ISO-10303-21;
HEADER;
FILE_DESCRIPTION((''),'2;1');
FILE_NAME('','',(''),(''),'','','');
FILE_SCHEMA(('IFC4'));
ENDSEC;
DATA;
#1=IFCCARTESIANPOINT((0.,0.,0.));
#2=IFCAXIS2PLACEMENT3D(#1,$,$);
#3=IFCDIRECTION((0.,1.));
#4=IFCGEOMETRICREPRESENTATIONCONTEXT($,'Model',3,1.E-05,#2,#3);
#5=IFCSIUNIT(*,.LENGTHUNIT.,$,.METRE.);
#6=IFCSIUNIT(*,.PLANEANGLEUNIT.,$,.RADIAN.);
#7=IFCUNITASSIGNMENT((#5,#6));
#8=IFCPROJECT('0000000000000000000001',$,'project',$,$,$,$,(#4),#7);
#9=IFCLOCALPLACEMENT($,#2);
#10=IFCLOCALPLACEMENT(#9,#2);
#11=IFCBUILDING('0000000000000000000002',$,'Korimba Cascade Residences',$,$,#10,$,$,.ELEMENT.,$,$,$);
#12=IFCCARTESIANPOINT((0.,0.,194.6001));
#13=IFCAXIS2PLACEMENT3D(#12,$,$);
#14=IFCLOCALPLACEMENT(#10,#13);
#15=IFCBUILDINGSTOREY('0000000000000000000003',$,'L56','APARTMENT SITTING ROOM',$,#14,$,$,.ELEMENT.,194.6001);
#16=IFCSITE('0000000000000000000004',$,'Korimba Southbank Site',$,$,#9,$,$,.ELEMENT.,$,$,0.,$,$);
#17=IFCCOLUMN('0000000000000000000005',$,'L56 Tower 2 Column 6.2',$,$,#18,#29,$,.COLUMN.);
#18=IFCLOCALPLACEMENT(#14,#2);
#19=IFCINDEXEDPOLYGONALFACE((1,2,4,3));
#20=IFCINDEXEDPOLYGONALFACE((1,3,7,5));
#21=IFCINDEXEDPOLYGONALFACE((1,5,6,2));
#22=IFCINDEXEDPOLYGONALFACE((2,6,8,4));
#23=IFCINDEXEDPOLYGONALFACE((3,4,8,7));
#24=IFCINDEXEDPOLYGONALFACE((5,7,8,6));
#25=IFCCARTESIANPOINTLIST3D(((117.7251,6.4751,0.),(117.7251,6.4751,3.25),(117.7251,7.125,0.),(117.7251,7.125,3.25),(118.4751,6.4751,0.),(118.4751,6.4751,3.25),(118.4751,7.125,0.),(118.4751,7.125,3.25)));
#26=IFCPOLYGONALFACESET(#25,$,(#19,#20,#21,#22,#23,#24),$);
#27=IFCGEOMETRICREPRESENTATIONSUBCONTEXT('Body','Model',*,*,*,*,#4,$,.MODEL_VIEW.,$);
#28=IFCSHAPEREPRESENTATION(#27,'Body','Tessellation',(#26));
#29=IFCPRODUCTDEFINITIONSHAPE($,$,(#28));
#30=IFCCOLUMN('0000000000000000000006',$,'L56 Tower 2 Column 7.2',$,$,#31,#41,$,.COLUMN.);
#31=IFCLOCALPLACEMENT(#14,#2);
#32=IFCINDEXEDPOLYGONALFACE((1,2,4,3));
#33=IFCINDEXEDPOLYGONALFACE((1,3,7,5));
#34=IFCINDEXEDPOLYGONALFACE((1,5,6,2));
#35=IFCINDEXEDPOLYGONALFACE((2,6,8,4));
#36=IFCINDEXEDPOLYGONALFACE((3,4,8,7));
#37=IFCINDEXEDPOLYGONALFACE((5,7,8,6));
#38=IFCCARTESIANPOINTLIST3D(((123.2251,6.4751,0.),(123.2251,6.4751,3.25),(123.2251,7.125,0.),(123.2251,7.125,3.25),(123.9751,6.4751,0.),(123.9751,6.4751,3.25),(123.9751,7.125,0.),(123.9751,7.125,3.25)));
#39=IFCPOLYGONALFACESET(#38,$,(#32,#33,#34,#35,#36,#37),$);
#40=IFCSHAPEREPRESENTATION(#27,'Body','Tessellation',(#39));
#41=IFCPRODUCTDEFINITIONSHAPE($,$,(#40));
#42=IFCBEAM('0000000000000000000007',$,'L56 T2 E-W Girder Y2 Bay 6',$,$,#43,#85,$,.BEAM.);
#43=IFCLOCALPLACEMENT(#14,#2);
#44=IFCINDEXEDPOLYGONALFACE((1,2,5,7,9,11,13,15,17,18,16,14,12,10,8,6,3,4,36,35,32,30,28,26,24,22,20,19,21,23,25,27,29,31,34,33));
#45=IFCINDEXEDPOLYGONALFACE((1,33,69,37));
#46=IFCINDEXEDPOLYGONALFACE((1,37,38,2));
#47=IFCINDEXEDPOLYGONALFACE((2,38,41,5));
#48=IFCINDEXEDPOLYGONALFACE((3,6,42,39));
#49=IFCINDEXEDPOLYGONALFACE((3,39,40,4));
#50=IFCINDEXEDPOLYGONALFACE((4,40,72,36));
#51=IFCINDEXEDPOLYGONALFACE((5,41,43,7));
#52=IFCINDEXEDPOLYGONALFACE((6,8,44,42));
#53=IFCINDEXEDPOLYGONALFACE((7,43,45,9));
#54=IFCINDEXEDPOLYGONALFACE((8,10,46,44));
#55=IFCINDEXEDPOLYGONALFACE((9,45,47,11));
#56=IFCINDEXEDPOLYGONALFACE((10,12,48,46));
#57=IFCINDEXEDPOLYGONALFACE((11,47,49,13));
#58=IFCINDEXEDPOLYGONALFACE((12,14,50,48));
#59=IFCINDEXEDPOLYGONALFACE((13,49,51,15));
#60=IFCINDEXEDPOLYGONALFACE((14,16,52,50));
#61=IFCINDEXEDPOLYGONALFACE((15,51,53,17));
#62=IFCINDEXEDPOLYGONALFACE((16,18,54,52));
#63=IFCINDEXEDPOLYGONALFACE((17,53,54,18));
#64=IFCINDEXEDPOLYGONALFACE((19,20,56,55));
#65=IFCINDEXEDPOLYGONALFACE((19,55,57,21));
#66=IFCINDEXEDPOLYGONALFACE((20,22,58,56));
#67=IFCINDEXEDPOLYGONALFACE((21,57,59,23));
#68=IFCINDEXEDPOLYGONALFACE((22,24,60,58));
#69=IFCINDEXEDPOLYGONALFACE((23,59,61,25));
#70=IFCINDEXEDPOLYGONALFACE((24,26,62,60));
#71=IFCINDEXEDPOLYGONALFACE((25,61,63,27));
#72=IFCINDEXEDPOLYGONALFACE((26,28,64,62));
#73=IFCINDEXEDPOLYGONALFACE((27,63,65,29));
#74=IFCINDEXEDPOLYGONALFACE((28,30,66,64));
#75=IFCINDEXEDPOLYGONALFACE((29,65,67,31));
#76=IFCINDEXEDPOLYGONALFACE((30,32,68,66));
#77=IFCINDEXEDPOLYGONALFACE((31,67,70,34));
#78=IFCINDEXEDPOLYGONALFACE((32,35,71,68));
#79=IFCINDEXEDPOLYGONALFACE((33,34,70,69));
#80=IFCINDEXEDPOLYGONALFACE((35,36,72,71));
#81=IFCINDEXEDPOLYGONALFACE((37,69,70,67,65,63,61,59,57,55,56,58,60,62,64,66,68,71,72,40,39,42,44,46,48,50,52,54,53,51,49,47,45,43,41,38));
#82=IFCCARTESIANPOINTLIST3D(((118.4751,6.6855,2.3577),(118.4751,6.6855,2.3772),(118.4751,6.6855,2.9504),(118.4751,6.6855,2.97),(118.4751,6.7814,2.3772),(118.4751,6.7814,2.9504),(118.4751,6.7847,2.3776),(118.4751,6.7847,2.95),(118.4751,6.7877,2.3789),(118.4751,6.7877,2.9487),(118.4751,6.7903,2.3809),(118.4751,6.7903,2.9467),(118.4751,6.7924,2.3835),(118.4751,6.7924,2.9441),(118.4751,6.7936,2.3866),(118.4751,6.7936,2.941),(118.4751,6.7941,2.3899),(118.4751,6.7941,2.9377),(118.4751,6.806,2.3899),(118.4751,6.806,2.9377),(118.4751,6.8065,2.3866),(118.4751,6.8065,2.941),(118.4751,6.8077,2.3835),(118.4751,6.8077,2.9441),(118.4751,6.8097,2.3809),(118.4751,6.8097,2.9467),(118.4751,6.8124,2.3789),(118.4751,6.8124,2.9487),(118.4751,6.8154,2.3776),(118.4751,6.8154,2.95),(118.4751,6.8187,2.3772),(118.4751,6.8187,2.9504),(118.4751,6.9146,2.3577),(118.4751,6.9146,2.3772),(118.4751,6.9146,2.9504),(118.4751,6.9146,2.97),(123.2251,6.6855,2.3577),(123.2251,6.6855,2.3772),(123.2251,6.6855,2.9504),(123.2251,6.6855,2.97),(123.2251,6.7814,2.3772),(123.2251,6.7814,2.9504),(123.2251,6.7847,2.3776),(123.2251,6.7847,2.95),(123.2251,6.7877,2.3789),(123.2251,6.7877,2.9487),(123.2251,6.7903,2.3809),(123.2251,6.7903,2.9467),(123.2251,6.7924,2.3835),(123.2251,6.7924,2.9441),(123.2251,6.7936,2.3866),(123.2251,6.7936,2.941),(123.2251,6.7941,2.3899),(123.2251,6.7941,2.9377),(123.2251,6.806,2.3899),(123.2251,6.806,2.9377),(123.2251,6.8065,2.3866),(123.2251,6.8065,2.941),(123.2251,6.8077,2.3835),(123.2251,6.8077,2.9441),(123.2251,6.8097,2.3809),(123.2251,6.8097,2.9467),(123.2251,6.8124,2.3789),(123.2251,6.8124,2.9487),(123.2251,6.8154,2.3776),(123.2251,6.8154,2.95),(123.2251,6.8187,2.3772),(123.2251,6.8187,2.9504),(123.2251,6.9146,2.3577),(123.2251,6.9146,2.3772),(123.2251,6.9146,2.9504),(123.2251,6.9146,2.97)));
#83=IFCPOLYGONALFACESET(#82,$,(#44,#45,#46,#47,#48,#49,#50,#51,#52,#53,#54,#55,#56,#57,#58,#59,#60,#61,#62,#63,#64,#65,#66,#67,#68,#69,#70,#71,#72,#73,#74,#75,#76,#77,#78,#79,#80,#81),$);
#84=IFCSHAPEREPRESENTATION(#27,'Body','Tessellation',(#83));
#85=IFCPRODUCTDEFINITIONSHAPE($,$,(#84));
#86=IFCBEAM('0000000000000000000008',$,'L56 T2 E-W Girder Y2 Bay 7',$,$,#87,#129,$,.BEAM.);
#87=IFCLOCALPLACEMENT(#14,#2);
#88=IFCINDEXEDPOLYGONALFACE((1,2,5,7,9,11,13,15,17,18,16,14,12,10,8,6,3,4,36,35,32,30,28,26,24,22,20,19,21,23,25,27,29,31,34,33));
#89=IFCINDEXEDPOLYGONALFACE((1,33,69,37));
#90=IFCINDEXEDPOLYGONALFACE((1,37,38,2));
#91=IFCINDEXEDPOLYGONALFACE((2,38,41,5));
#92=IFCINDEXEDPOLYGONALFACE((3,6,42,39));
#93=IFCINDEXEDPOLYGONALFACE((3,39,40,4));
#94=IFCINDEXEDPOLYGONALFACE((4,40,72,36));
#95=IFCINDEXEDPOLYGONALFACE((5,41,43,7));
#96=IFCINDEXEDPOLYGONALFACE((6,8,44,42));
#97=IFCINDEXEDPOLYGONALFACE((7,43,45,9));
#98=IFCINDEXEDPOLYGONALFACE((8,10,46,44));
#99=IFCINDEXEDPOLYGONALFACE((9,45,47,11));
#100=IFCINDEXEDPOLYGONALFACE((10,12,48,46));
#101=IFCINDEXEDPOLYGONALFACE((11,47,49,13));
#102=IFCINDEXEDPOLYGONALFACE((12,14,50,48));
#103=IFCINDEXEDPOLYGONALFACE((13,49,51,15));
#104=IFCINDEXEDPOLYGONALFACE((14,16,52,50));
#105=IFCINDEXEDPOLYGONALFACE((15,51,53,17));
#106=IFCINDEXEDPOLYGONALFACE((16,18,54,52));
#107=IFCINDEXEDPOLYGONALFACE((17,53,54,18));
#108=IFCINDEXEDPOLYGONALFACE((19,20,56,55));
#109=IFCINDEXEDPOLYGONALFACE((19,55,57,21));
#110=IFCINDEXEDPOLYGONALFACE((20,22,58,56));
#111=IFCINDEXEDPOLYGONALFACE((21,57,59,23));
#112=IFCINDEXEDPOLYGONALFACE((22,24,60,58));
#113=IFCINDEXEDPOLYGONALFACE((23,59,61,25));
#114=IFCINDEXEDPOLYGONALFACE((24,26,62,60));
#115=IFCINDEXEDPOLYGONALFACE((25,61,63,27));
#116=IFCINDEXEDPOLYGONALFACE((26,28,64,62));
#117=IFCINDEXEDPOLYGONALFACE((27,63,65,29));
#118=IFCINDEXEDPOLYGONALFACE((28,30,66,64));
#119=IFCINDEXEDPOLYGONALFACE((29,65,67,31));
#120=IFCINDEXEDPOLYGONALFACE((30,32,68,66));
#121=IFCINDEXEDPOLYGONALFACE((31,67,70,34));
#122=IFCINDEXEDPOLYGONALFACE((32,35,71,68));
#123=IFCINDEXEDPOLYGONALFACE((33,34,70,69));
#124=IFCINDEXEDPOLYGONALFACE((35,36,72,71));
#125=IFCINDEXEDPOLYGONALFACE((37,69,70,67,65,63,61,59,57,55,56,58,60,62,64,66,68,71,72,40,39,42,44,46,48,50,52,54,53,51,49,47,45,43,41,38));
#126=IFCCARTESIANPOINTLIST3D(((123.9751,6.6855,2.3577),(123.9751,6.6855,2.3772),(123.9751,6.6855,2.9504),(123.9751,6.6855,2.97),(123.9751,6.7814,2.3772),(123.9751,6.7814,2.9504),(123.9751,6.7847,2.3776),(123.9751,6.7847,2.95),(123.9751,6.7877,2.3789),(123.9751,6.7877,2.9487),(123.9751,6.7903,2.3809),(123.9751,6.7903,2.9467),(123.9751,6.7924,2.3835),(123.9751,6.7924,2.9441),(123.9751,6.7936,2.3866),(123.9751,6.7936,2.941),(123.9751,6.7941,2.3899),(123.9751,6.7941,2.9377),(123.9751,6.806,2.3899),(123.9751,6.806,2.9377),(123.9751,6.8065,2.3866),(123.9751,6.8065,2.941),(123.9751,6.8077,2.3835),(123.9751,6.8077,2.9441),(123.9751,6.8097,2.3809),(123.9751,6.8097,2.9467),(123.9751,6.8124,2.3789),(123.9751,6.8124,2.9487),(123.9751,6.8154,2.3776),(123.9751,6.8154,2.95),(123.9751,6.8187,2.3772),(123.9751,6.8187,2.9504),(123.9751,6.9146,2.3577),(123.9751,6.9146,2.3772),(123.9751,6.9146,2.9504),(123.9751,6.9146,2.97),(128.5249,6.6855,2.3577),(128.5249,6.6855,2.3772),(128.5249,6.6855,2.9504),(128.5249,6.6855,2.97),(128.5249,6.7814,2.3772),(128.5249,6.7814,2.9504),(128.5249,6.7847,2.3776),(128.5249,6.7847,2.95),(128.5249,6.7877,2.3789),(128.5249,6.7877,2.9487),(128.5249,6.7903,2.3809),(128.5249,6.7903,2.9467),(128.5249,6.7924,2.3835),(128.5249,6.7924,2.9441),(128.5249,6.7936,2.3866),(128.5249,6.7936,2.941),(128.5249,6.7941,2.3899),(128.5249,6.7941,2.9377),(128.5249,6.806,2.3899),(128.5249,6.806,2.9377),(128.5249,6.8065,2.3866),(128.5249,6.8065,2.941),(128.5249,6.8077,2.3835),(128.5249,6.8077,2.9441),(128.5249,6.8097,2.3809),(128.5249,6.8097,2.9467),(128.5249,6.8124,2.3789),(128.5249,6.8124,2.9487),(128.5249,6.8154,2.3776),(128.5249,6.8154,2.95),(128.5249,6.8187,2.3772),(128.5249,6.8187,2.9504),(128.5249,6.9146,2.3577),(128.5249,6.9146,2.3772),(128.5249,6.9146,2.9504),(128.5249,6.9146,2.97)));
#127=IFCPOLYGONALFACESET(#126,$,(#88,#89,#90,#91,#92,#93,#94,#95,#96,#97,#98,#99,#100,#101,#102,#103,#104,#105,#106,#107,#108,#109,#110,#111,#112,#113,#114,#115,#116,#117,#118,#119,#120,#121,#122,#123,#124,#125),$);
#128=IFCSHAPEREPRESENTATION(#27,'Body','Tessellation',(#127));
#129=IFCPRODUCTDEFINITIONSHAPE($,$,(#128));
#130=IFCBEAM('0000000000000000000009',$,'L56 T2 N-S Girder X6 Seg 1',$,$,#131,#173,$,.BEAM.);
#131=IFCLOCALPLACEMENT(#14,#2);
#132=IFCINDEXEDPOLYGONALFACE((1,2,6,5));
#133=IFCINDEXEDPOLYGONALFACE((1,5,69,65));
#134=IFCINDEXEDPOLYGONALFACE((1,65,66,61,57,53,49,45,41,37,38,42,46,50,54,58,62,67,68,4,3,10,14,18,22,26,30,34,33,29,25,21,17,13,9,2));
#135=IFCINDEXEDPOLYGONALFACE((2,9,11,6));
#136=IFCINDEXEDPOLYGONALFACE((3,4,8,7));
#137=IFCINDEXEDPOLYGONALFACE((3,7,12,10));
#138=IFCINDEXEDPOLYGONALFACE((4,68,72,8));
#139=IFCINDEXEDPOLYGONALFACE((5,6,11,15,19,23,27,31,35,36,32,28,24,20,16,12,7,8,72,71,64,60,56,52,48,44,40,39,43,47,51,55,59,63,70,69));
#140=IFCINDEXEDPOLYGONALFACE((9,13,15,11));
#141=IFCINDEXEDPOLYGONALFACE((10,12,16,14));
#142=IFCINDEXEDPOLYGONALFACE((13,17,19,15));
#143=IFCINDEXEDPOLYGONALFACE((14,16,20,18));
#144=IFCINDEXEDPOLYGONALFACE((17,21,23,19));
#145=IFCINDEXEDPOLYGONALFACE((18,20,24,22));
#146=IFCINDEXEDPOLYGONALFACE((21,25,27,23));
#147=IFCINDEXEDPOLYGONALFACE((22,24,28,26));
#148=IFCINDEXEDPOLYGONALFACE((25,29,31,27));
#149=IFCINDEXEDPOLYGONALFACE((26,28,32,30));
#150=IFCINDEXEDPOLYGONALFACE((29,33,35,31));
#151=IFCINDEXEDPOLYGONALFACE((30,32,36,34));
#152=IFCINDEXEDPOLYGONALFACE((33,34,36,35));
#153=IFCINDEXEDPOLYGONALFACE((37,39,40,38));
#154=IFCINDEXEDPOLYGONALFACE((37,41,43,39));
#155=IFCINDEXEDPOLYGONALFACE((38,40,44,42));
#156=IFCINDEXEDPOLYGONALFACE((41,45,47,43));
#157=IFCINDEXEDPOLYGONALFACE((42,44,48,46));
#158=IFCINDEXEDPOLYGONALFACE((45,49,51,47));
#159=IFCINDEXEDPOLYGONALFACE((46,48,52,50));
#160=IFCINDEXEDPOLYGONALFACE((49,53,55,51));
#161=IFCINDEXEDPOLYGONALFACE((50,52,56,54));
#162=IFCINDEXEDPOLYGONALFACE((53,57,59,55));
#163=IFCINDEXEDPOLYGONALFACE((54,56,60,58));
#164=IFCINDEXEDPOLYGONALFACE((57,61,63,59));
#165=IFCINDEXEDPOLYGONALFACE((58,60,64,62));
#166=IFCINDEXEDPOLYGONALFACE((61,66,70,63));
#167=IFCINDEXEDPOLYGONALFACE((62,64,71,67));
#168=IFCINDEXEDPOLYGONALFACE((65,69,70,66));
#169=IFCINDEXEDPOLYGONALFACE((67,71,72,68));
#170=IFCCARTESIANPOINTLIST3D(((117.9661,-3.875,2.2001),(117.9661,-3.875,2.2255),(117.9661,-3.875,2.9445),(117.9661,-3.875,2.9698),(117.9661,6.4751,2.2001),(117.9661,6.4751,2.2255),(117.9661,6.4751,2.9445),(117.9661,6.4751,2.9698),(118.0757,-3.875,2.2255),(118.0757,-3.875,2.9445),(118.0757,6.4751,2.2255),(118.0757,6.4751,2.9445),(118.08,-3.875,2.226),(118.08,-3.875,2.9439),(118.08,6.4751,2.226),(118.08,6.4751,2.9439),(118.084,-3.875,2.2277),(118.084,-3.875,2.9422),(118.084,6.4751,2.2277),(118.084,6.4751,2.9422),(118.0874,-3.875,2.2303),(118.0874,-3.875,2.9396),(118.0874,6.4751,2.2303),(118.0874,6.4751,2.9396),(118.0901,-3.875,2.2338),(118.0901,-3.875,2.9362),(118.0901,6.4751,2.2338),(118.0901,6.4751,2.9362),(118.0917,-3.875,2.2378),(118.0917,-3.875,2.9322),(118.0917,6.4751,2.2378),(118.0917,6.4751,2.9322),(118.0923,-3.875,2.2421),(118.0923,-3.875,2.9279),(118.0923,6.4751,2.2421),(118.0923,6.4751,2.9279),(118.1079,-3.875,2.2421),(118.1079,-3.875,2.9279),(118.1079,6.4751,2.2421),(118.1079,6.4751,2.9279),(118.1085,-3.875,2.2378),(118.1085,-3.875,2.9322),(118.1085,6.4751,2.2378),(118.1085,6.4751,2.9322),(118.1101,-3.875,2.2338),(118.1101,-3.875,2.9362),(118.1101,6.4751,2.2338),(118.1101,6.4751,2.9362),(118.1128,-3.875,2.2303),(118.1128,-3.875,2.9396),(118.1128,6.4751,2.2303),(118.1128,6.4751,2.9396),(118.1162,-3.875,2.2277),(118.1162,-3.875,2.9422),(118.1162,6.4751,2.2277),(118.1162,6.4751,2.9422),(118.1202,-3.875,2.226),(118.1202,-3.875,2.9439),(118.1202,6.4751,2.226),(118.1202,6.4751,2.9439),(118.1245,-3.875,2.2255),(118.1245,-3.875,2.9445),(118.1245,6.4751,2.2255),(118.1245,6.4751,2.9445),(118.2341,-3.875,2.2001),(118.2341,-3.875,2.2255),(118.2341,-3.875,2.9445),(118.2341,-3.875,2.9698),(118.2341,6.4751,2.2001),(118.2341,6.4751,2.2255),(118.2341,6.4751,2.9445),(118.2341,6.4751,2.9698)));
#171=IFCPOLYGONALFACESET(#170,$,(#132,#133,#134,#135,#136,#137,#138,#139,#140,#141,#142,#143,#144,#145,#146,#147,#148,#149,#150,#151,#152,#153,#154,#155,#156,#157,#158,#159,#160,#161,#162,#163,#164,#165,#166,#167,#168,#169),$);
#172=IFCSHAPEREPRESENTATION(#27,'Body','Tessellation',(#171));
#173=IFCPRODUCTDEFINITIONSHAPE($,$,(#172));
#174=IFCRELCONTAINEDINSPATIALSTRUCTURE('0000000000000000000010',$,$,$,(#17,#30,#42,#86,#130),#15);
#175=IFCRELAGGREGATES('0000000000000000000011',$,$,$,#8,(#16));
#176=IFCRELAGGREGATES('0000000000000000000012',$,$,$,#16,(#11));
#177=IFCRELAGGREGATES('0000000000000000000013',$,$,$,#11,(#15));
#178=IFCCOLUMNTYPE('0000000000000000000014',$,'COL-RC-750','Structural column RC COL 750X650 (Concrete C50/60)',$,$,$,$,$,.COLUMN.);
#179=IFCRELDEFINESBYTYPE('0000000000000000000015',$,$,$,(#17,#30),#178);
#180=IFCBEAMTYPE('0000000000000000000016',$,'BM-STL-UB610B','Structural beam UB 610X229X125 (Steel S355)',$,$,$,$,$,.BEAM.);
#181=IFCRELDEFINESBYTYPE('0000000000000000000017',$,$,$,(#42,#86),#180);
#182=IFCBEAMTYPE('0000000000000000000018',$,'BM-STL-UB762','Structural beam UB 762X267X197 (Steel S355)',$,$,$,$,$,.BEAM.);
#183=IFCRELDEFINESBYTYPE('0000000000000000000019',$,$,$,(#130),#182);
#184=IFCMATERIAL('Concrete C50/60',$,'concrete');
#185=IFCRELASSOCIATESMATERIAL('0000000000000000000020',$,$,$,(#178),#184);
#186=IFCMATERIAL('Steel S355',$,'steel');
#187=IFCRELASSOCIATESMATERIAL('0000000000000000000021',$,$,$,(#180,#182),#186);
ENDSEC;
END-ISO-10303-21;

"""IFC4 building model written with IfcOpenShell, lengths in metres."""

from ifc_helpers import new_model, si_unit, direction, frame, origin, origin_2d, place, context, subcontext, project, spatial, rectangle, i_section, extrude, material, material_profile, profile_set, type_object, element, save


model = new_model("IFC4")

# Units and contexts
model_context = context("Model", 3, precision=1e-05, world=origin(), true_north=direction((0.0, 1.0)))
body_context = subcontext(model_context, "Body", "Model", "MODEL_VIEW")
ifc_project = project(units=[si_unit("LENGTHUNIT", "METRE"), si_unit("PLANEANGLEUNIT", "RADIAN")], contexts=[model_context])

# Site, building, storey
site_placement = place(None, origin())
site = spatial("IfcSite", under=ifc_project, at=site_placement, Name="Korimba Southbank Site", CompositionType="ELEMENT", RefElevation=0.0)
building_placement = place(site_placement, origin())
building = spatial("IfcBuilding", under=site, at=building_placement, Name="Korimba Cascade Residences", CompositionType="ELEMENT")
storey_placement = place(building_placement, frame((0.0, 0.0, 194.6001)))
storey = spatial("IfcBuildingStorey", under=building, at=storey_placement, Name="L56", Description="APARTMENT SITTING ROOM", CompositionType="ELEMENT", Elevation=194.6001)

# Columns
ifc_material_1 = material(Name="Concrete C50/60", Category="concrete")
ifc_material_profile_1 = material_profile(ifc_material_1, rectangle(XDim=0.75, YDim=0.6499, at=origin_2d()), Name="Concrete C50/60")
ifc_profile_set_1 = profile_set([ifc_material_profile_1], Name="Concrete C50/60")
column_type = type_object("IfcColumnType", Name="COL-RC-750", Description="Structural column RC COL 750X650 (Concrete C50/60)", PredefinedType="COLUMN", material=ifc_profile_set_1)
for number, where, z_axis, x_axis, name in (
    (1, (118.1001, 6.8, 0.0), (0.0, 0.0, 1.0), (1.0, 0.0, 0.0), "L56 Tower 2 Column 6.2"),
    (2, (123.6001, 6.8, 0.0), (0.0, 0.0, 1.0), (1.0, 0.0, 0.0), "L56 Tower 2 Column 7.2"),
):
    element("IfcColumn", number, at=place(storey_placement, frame(where, z_axis=z_axis, x_axis=x_axis)), inside=storey, type_object=column_type, Name=name, PredefinedType="COLUMN", context=body_context, shape_type="SweptSolid", body=[
        extrude(rectangle(XDim=0.75, YDim=0.6499, at=origin_2d()), origin(), (0.0, 0.0, 1.0), 3.25),
    ])

# Beams
ifc_material_2 = material(Name="Steel S355", Category="steel")
ifc_material_profile_2 = material_profile(ifc_material_2, i_section(OverallWidth=0.229, OverallDepth=0.6123, WebThickness=0.012, FlangeThickness=0.0195, FilletRadius=0.0127, at=origin_2d()), Name="Steel S355")
ifc_profile_set_2 = profile_set([ifc_material_profile_2], Name="Steel S355")
beam_type_1 = type_object("IfcBeamType", Name="BM-STL-UB610B", Description="Structural beam UB 610X229X125 (Steel S355)", PredefinedType="BEAM", material=ifc_profile_set_2)
beam_1_placement = place(storey_placement, frame((118.4751, 6.8, 2.6638), z_axis=(1.0, 0.0, 0.0), x_axis=(0.0, 1.0, 0.0)))
element("IfcBeam", 3, at=beam_1_placement, inside=storey, type_object=beam_type_1, Name="L56 T2 E-W Girder Y2 Bay 6", PredefinedType="BEAM", context=body_context, shape_type="SweptSolid", body=[
    extrude(i_section(OverallWidth=0.229, OverallDepth=0.6123, WebThickness=0.012, FlangeThickness=0.0195, FilletRadius=0.0127, at=origin_2d()), origin(), (0.0, 0.0, 1.0), 4.75),
])
beam_2_placement = place(storey_placement, frame((123.9751, 6.8, 2.6638), z_axis=(1.0, 0.0, 0.0), x_axis=(0.0, 1.0, 0.0)))
element("IfcBeam", 4, at=beam_2_placement, inside=storey, type_object=beam_type_1, Name="L56 T2 E-W Girder Y2 Bay 7", PredefinedType="BEAM", context=body_context, shape_type="SweptSolid", body=[
    extrude(i_section(OverallWidth=0.229, OverallDepth=0.6123, WebThickness=0.012, FlangeThickness=0.0195, FilletRadius=0.0127, at=origin_2d()), origin(), (0.0, 0.0, 1.0), 4.5498),
])
ifc_material_profile_3 = material_profile(ifc_material_2, i_section(OverallWidth=0.2681, OverallDepth=0.7698, WebThickness=0.0156, FlangeThickness=0.0254, FilletRadius=0.0166, at=origin_2d()), Name="Steel S355")
ifc_profile_set_3 = profile_set([ifc_material_profile_3], Name="Steel S355")
beam_type_2 = type_object("IfcBeamType", Name="BM-STL-UB762", Description="Structural beam UB 762X267X197 (Steel S355)", PredefinedType="BEAM", material=ifc_profile_set_3)
for number, where, z_axis, x_axis, name in (
    (5, (118.1001, -3.875, 2.585), (0.0, 1.0, 0.0), (-1.0, 0.0, 0.0), "L56 T2 N-S Girder X6 Seg 1"),
):
    element("IfcBeam", number, at=place(storey_placement, frame(where, z_axis=z_axis, x_axis=x_axis)), inside=storey, type_object=beam_type_2, Name=name, PredefinedType="BEAM", context=body_context, shape_type="SweptSolid", body=[
        extrude(i_section(OverallWidth=0.2681, OverallDepth=0.7698, WebThickness=0.0156, FlangeThickness=0.0254, FilletRadius=0.0166, at=origin_2d()), origin(), (0.0, 0.0, 1.0), 10.3501),
    ])

save(model, "model.ifc")
